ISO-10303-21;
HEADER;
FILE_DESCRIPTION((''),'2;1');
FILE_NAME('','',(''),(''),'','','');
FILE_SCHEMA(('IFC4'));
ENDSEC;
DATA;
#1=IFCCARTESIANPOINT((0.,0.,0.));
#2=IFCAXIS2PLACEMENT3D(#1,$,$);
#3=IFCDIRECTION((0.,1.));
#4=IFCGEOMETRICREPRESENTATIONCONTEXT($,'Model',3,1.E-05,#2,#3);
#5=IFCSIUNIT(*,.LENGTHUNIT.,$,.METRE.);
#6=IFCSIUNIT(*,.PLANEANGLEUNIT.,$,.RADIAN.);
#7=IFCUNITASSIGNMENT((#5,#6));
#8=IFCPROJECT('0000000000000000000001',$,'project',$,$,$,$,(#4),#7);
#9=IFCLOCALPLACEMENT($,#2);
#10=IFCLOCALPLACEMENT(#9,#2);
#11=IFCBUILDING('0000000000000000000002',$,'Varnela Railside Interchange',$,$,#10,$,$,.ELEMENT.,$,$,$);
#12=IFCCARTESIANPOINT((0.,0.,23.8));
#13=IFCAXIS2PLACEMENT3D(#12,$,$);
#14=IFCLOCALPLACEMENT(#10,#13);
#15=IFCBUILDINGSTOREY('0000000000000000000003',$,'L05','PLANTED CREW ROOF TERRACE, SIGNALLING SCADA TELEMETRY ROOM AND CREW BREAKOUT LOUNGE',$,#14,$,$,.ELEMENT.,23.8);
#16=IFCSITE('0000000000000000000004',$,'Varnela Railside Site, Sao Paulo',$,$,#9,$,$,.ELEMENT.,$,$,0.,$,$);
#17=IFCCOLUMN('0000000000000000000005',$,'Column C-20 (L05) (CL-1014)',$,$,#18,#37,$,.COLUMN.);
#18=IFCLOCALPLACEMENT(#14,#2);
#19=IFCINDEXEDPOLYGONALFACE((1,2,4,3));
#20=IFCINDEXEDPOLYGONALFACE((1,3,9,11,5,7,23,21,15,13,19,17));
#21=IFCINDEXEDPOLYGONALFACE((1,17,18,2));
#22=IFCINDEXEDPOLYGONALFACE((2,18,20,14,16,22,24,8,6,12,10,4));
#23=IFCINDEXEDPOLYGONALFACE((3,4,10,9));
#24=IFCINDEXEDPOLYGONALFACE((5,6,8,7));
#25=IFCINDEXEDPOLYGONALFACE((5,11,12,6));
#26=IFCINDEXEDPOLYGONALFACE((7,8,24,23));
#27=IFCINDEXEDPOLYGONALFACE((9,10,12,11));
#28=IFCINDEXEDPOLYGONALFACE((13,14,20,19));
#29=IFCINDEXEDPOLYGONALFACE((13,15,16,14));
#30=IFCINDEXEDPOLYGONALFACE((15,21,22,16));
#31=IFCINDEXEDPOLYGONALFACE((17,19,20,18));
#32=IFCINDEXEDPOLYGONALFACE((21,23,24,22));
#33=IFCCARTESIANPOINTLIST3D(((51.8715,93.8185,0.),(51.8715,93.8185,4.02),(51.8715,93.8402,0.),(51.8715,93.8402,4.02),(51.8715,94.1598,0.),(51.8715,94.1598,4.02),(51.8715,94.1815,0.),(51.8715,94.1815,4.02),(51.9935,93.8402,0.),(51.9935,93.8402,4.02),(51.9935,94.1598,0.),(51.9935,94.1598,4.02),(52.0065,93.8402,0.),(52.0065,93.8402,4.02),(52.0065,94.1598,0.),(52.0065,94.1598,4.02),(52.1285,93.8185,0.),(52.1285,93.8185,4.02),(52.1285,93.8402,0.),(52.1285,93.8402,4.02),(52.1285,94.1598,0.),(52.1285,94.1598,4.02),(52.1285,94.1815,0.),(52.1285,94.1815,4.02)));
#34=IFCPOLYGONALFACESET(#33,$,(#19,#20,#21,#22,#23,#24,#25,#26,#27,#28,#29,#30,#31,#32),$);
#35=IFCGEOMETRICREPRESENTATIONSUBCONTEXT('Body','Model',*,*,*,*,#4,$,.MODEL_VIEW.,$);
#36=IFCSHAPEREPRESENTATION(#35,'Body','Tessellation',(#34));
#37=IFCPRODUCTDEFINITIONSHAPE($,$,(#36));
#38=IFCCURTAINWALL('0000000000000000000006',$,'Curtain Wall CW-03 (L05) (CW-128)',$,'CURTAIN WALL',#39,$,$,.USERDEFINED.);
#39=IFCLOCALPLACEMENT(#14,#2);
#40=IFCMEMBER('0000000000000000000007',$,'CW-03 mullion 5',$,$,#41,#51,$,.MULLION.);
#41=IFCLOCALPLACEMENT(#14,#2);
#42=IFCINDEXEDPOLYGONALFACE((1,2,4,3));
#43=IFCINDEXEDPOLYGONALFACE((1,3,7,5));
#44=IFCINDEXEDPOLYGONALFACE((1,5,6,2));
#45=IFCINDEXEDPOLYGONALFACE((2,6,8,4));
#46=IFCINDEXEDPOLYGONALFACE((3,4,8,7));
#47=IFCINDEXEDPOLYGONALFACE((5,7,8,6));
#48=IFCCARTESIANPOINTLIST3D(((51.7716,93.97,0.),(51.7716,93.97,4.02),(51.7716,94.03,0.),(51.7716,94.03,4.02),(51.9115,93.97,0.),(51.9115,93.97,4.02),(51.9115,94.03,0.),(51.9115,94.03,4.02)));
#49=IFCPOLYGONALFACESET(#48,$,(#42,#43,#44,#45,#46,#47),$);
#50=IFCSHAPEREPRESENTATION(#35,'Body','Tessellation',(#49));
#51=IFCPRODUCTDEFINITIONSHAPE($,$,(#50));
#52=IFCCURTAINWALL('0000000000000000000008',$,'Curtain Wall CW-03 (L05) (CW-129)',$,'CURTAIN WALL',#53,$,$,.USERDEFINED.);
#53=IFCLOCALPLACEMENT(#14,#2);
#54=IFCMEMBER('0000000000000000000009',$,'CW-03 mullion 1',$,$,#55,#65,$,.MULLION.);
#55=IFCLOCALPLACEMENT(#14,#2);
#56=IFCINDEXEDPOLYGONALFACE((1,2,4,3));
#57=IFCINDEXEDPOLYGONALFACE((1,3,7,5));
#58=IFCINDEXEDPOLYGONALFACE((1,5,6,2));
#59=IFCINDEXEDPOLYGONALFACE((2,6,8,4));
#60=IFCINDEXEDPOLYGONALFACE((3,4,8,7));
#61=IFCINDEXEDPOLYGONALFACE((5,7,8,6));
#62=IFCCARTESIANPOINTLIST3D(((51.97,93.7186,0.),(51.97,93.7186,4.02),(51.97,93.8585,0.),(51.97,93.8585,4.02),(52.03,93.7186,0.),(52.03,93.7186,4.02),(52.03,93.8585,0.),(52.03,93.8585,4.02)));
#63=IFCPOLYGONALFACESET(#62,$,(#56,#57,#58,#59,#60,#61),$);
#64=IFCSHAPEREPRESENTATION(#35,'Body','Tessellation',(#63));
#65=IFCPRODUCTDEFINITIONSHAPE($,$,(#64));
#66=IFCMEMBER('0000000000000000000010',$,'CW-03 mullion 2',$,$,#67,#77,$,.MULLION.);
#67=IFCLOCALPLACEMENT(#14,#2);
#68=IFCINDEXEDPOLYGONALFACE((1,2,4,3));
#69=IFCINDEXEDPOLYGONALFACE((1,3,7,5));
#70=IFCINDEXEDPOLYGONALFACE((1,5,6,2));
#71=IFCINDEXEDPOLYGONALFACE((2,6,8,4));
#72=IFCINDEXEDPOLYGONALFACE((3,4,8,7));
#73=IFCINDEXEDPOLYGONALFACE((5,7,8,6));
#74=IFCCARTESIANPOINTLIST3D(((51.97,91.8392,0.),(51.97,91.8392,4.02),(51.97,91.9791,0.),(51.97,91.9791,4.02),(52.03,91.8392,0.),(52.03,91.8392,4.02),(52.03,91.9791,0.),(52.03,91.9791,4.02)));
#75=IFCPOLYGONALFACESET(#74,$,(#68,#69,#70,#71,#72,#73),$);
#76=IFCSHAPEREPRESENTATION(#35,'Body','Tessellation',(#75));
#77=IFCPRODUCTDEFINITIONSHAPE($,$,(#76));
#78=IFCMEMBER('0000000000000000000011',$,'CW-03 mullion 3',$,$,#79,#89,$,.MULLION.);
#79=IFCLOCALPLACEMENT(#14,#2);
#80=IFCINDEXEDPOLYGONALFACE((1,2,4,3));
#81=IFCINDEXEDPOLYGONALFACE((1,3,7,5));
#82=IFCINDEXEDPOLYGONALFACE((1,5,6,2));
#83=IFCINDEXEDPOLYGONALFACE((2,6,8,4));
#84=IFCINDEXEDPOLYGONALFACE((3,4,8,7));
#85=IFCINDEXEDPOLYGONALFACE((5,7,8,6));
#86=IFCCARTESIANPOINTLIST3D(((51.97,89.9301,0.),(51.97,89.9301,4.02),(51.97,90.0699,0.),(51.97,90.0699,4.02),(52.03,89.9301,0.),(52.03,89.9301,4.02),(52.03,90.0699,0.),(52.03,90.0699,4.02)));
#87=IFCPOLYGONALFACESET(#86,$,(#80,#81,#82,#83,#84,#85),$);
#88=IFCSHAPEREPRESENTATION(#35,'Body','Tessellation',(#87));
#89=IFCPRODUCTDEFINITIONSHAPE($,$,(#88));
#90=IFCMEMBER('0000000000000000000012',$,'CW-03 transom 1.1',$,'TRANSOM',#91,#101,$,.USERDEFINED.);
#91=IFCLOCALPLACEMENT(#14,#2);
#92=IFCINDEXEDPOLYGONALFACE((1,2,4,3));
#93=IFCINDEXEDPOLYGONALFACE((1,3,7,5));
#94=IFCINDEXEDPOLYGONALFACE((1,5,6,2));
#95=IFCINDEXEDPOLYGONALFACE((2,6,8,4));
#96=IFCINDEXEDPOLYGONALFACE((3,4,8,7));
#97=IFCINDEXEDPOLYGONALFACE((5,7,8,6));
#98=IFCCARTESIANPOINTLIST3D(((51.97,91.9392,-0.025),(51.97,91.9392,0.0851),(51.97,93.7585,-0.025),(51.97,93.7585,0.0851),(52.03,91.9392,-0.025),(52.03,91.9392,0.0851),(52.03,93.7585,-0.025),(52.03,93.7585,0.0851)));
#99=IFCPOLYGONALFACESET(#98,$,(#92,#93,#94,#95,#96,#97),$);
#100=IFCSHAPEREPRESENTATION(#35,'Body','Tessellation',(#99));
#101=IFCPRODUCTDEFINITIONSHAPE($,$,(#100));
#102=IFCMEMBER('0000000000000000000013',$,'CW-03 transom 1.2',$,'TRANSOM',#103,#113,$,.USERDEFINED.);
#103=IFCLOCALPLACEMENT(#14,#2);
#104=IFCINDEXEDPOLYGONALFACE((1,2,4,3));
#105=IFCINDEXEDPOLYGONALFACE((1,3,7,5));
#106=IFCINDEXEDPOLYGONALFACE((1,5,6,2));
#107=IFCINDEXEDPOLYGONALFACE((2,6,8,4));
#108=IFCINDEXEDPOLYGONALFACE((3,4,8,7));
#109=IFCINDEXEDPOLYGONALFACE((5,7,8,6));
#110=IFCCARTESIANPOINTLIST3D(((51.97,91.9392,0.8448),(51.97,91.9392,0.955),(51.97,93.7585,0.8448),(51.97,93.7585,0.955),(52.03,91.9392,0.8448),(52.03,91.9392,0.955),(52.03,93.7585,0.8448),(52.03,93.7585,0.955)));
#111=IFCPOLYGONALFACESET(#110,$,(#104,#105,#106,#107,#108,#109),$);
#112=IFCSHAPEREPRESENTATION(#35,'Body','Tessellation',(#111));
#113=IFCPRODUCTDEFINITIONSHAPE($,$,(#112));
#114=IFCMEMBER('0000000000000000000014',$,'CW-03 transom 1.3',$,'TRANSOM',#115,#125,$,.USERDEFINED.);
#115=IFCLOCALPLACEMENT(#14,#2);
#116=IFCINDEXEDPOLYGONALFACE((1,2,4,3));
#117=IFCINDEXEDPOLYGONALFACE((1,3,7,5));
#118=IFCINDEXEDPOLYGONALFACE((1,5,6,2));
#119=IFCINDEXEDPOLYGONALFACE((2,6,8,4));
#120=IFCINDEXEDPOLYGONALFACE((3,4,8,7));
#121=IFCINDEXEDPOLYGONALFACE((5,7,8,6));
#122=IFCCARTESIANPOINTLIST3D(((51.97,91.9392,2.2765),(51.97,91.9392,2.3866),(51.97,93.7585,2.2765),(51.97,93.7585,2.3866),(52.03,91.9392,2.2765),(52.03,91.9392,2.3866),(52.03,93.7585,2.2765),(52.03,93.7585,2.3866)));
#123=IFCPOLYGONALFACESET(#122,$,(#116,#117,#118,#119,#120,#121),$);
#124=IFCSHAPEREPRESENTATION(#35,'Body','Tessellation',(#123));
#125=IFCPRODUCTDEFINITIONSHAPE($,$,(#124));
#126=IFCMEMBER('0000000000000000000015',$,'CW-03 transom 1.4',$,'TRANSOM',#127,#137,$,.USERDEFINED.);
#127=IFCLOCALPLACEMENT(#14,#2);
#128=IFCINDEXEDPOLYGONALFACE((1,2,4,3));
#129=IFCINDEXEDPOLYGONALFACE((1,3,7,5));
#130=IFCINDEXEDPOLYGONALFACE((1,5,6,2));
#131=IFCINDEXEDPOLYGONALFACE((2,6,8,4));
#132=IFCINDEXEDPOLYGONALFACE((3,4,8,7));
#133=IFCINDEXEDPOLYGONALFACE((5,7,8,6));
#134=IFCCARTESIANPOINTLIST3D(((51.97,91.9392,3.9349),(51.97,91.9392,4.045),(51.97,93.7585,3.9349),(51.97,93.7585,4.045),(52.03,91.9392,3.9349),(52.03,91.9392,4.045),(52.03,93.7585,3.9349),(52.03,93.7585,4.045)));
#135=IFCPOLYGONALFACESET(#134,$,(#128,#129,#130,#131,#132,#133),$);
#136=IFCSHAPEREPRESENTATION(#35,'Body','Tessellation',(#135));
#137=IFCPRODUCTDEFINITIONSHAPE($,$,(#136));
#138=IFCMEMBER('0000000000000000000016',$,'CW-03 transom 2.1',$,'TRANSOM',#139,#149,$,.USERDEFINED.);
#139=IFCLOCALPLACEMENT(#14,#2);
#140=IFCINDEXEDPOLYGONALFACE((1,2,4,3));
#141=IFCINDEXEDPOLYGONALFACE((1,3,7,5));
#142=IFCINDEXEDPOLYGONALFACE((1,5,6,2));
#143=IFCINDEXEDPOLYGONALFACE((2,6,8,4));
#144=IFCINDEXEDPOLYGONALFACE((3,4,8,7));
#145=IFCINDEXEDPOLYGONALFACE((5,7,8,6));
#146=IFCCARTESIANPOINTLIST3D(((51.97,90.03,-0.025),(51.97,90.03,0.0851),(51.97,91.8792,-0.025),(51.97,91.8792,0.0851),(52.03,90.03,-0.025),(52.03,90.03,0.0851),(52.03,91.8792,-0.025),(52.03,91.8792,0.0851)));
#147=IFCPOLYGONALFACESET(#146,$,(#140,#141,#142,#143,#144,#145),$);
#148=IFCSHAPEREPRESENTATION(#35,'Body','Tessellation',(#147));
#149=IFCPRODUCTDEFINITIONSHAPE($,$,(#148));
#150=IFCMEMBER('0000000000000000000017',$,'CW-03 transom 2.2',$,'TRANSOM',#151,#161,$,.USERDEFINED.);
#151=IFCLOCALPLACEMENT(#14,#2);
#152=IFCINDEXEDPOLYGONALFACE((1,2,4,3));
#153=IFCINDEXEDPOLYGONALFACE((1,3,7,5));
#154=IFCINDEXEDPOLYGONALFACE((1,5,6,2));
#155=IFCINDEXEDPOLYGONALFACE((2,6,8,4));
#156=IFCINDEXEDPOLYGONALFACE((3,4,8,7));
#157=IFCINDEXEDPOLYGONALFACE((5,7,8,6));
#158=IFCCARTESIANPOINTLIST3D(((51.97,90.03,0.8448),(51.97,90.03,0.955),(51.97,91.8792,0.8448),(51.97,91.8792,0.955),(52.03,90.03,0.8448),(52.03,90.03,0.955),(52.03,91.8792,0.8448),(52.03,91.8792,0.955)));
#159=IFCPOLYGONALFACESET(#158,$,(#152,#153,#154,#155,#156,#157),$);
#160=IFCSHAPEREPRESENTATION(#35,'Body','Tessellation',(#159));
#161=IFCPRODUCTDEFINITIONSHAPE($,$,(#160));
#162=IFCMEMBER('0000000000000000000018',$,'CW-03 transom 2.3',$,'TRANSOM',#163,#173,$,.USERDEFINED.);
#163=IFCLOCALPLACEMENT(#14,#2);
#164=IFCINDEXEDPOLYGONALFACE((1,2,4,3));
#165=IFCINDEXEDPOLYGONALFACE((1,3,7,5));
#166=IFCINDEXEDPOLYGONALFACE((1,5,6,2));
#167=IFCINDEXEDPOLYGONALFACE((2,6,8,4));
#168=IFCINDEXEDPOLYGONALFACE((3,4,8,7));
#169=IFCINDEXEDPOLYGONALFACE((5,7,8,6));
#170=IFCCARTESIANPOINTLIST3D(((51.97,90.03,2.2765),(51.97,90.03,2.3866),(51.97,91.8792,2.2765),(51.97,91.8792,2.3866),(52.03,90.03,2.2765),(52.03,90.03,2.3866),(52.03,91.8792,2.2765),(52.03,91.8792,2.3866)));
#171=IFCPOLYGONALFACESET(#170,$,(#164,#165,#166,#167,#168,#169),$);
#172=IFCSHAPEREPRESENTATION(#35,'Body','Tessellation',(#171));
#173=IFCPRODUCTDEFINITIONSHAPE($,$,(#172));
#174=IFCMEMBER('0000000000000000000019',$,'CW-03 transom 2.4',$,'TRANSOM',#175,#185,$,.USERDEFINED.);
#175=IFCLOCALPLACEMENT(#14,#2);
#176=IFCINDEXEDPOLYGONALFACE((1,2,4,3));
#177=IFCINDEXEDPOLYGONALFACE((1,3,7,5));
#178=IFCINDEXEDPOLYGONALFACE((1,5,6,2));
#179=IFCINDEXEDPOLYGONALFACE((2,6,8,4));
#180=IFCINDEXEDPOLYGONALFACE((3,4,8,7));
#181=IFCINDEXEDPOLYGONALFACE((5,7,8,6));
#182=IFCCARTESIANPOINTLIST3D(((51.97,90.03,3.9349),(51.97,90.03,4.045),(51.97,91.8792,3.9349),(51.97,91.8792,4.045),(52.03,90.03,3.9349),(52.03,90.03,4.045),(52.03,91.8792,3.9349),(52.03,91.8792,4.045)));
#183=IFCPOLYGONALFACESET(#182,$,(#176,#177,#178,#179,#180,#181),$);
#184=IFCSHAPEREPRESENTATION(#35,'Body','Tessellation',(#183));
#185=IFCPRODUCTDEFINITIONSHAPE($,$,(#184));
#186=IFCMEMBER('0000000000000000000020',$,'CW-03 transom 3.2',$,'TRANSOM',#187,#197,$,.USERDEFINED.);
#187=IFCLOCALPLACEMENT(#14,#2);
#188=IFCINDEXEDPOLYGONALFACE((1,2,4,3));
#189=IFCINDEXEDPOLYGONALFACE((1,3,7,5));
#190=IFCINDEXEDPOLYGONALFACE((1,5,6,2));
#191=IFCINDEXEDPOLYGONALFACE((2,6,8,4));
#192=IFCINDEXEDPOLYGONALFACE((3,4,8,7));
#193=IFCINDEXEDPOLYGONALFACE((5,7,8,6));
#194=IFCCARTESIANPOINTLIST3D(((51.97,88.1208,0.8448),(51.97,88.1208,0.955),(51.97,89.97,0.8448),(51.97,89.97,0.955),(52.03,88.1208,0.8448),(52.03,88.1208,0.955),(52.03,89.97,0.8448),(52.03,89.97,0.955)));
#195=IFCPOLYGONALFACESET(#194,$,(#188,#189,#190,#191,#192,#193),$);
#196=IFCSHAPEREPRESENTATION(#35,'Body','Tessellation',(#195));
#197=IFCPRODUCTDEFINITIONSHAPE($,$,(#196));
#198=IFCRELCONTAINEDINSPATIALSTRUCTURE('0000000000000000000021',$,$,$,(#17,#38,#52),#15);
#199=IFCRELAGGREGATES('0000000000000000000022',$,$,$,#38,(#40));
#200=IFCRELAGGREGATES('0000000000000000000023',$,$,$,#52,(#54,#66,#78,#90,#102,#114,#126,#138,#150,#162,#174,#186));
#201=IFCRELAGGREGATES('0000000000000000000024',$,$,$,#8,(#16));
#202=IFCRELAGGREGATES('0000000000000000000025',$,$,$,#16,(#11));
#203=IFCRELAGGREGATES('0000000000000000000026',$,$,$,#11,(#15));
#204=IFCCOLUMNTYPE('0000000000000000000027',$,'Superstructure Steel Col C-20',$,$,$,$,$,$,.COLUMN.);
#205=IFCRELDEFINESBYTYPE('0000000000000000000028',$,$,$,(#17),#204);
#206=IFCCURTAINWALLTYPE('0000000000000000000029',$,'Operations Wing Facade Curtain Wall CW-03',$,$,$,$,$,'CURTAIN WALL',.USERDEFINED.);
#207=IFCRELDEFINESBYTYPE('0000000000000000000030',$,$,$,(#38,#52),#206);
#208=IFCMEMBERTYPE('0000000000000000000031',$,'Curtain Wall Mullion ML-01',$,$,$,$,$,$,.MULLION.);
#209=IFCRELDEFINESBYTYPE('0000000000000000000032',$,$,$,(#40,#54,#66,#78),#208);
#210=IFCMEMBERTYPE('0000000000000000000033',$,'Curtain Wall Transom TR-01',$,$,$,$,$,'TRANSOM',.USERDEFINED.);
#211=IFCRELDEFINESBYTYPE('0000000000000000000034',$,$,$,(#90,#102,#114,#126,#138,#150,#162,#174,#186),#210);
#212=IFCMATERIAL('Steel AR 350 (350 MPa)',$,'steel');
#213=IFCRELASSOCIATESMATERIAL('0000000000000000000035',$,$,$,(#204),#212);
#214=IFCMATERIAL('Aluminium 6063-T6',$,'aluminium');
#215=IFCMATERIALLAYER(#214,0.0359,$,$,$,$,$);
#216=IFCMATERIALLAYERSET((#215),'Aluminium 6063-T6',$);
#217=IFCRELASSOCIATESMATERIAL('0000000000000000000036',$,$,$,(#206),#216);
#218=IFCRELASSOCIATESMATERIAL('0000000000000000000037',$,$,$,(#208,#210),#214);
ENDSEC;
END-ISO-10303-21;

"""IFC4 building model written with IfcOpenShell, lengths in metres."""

from ifc_helpers import new_model, si_unit, direction, frame, origin, origin_2d, place, context, subcontext, project, spatial, rectangle, i_section, extrude, material, layer, layer_set, material_profile, profile_set, type_object, element, aggregate, save


model = new_model("IFC4")

# Units and contexts
model_context = context("Model", 3, precision=1e-05, world=origin(), true_north=direction((0.0, 1.0)))
body_context = subcontext(model_context, "Body", "Model", "MODEL_VIEW")
ifc_project = project(units=[si_unit("LENGTHUNIT", "METRE"), si_unit("PLANEANGLEUNIT", "RADIAN")], contexts=[model_context])

# Site, building, storey
site_placement = place(None, origin())
site = spatial("IfcSite", under=ifc_project, at=site_placement, Name="Varnela Railside Site, Sao Paulo", CompositionType="ELEMENT", RefElevation=0.0)
building_placement = place(site_placement, origin())
building = spatial("IfcBuilding", under=site, at=building_placement, Name="Varnela Railside Interchange", CompositionType="ELEMENT")
storey_placement = place(building_placement, frame((0.0, 0.0, 23.8)))
storey = spatial("IfcBuildingStorey", under=building, at=storey_placement, Name="L05", Description="PLANTED CREW ROOF TERRACE, SIGNALLING SCADA TELEMETRY ROOM AND CREW BREAKOUT LOUNGE", CompositionType="ELEMENT", Elevation=23.8)

# Column
ifc_material_1 = material(Name="Steel AR 350 (350 MPa)", Category="steel")
ifc_material_profile_1 = material_profile(ifc_material_1, i_section(OverallWidth=0.2571, OverallDepth=0.363, WebThickness=0.0129, FlangeThickness=0.0217, at=origin_2d()), Name="W360x122")
ifc_profile_set_1 = profile_set([ifc_material_profile_1], Name="Steel AR 350 (350 MPa)")
column_type = type_object("IfcColumnType", Name="Superstructure Steel Col C-20", PredefinedType="COLUMN", material=ifc_profile_set_1)
column_placement = place(storey_placement, frame((52.0, 94.0, 0.0), z_axis=(0.0, 0.0, 1.0), x_axis=(1.0, 0.0, 0.0)))
element("IfcColumn", 1, at=column_placement, inside=storey, type_object=column_type, Name="Column C-20 (L05) (CL-1014)", PredefinedType="COLUMN", context=body_context, shape_type="SweptSolid", body=[
    extrude(i_section(OverallWidth=0.2571, OverallDepth=0.363, WebThickness=0.0129, FlangeThickness=0.0217, at=origin_2d()), origin(), (0.0, 0.0, 1.0), 4.02),
])

# Curtain wall, member
ifc_material_2 = material(Name="Aluminium 6063-T6", Category="aluminium")
ifc_layer_1 = layer(ifc_material_2, 0.0359)
ifc_layer_set_1 = layer_set([ifc_layer_1], Name="Aluminium 6063-T6")
curtain_wall_type = type_object("IfcCurtainWallType", Name="Operations Wing Facade Curtain Wall CW-03", ElementType="CURTAIN WALL", PredefinedType="USERDEFINED", material=ifc_layer_set_1)
curtain_wall_1_placement = place(storey_placement, origin())
curtain_wall_1 = element("IfcCurtainWall", 2, at=curtain_wall_1_placement, inside=storey, type_object=curtain_wall_type, Name="Curtain Wall CW-03 (L05) (CW-128)", ObjectType="CURTAIN WALL", PredefinedType="USERDEFINED")
ifc_material_profile_2 = material_profile(ifc_material_2, rectangle(XDim=0.0601, YDim=0.1399, at=origin_2d()), Name="ALU 60x140")
ifc_profile_set_2 = profile_set([ifc_material_profile_2], Name="Aluminium 6063-T6")
member_type_1 = type_object("IfcMemberType", Name="Curtain Wall Mullion ML-01", PredefinedType="MULLION", material=ifc_profile_set_2)
member_1_placement = place(storey_placement, frame((51.8416, 94.0, 0.0), z_axis=(0.0, 0.0, 1.0), x_axis=(0.0, 1.0, 0.0)))
member_1 = element("IfcMember", 3, at=member_1_placement, type_object=member_type_1, Name="CW-03 mullion 5", PredefinedType="MULLION", context=body_context, shape_type="SweptSolid", body=[
    extrude(rectangle(XDim=0.0601, YDim=0.1399, at=origin_2d()), origin(), (0.0, 0.0, 1.0), 4.02),
])

# Curtain wall, members
curtain_wall_2_placement = place(storey_placement, origin())
curtain_wall_2 = element("IfcCurtainWall", 4, at=curtain_wall_2_placement, inside=storey, type_object=curtain_wall_type, Name="Curtain Wall CW-03 (L05) (CW-129)", ObjectType="CURTAIN WALL", PredefinedType="USERDEFINED")
member_2_placement = place(storey_placement, frame((52.0, 93.7886, 0.0), z_axis=(0.0, 0.0, 1.0), x_axis=(1.0, 0.0, 0.0)))
member_2 = element("IfcMember", 5, at=member_2_placement, type_object=member_type_1, Name="CW-03 mullion 1", PredefinedType="MULLION", context=body_context, shape_type="SweptSolid", body=[
    extrude(rectangle(XDim=0.0601, YDim=0.1399, at=origin_2d()), origin(), (0.0, 0.0, 1.0), 4.02),
])
member_3_placement = place(storey_placement, frame((52.0, 91.9092, 0.0), z_axis=(0.0, 0.0, 1.0), x_axis=(1.0, 0.0, 0.0)))
member_3 = element("IfcMember", 6, at=member_3_placement, type_object=member_type_1, Name="CW-03 mullion 2", PredefinedType="MULLION", context=body_context, shape_type="SweptSolid", body=[
    extrude(rectangle(XDim=0.0601, YDim=0.1399, at=origin_2d()), origin(), (0.0, 0.0, 1.0), 4.02),
])
member_4_placement = place(storey_placement, frame((52.0, 90.0, 0.0), z_axis=(0.0, 0.0, 1.0), x_axis=(1.0, 0.0, 0.0)))
member_4 = element("IfcMember", 7, at=member_4_placement, type_object=member_type_1, Name="CW-03 mullion 3", PredefinedType="MULLION", context=body_context, shape_type="SweptSolid", body=[
    extrude(rectangle(XDim=0.0601, YDim=0.1399, at=origin_2d()), origin(), (0.0, 0.0, 1.0), 4.02),
])
ifc_material_profile_3 = material_profile(ifc_material_2, rectangle(XDim=0.0601, YDim=0.1101, at=origin_2d()), Name="ALU 60x110")
ifc_profile_set_3 = profile_set([ifc_material_profile_3], Name="Aluminium 6063-T6")
member_type_2 = type_object("IfcMemberType", Name="Curtain Wall Transom TR-01", ElementType="TRANSOM", PredefinedType="USERDEFINED", material=ifc_profile_set_3)
member_5_placement = place(storey_placement, frame((52.0, 93.7585, 0.03), z_axis=(0.0, -1.0, 0.0), x_axis=(1.0, 0.0, 0.0)))
member_5 = element("IfcMember", 8, at=member_5_placement, type_object=member_type_2, Name="CW-03 transom 1.1", ObjectType="TRANSOM", PredefinedType="USERDEFINED", context=body_context, shape_type="SweptSolid", body=[
    extrude(rectangle(XDim=0.0601, YDim=0.1101, at=origin_2d()), origin(), (0.0, 0.0, 1.0), 1.8193),
])
member_6_placement = place(storey_placement, frame((52.0, 93.7585, 0.8999), z_axis=(0.0, -1.0, 0.0), x_axis=(1.0, 0.0, 0.0)))
member_6 = element("IfcMember", 9, at=member_6_placement, type_object=member_type_2, Name="CW-03 transom 1.2", ObjectType="TRANSOM", PredefinedType="USERDEFINED", context=body_context, shape_type="SweptSolid", body=[
    extrude(rectangle(XDim=0.0601, YDim=0.1101, at=origin_2d()), origin(), (0.0, 0.0, 1.0), 1.8193),
])
member_7_placement = place(storey_placement, frame((52.0, 93.7585, 2.3315), z_axis=(0.0, -1.0, 0.0), x_axis=(1.0, 0.0, 0.0)))
member_7 = element("IfcMember", 10, at=member_7_placement, type_object=member_type_2, Name="CW-03 transom 1.3", ObjectType="TRANSOM", PredefinedType="USERDEFINED", context=body_context, shape_type="SweptSolid", body=[
    extrude(rectangle(XDim=0.0601, YDim=0.1101, at=origin_2d()), origin(), (0.0, 0.0, 1.0), 1.8193),
])
member_8_placement = place(storey_placement, frame((52.0, 93.7585, 3.99), z_axis=(0.0, -1.0, 0.0), x_axis=(1.0, 0.0, 0.0)))
member_8 = element("IfcMember", 11, at=member_8_placement, type_object=member_type_2, Name="CW-03 transom 1.4", ObjectType="TRANSOM", PredefinedType="USERDEFINED", context=body_context, shape_type="SweptSolid", body=[
    extrude(rectangle(XDim=0.0601, YDim=0.1101, at=origin_2d()), origin(), (0.0, 0.0, 1.0), 1.8193),
])
member_9_placement = place(storey_placement, frame((52.0, 91.8792, 0.03), z_axis=(0.0, -1.0, 0.0), x_axis=(1.0, 0.0, 0.0)))
member_9 = element("IfcMember", 12, at=member_9_placement, type_object=member_type_2, Name="CW-03 transom 2.1", ObjectType="TRANSOM", PredefinedType="USERDEFINED", context=body_context, shape_type="SweptSolid", body=[
    extrude(rectangle(XDim=0.0601, YDim=0.1101, at=origin_2d()), origin(), (0.0, 0.0, 1.0), 1.8491),
])
member_10_placement = place(storey_placement, frame((52.0, 91.8792, 0.8999), z_axis=(0.0, -1.0, 0.0), x_axis=(1.0, 0.0, 0.0)))
member_10 = element("IfcMember", 13, at=member_10_placement, type_object=member_type_2, Name="CW-03 transom 2.2", ObjectType="TRANSOM", PredefinedType="USERDEFINED", context=body_context, shape_type="SweptSolid", body=[
    extrude(rectangle(XDim=0.0601, YDim=0.1101, at=origin_2d()), origin(), (0.0, 0.0, 1.0), 1.8491),
])
member_11_placement = place(storey_placement, frame((52.0, 91.8792, 2.3315), z_axis=(0.0, -1.0, 0.0), x_axis=(1.0, 0.0, 0.0)))
member_11 = element("IfcMember", 14, at=member_11_placement, type_object=member_type_2, Name="CW-03 transom 2.3", ObjectType="TRANSOM", PredefinedType="USERDEFINED", context=body_context, shape_type="SweptSolid", body=[
    extrude(rectangle(XDim=0.0601, YDim=0.1101, at=origin_2d()), origin(), (0.0, 0.0, 1.0), 1.8491),
])
member_12_placement = place(storey_placement, frame((52.0, 91.8792, 3.99), z_axis=(0.0, -1.0, 0.0), x_axis=(1.0, 0.0, 0.0)))
member_12 = element("IfcMember", 15, at=member_12_placement, type_object=member_type_2, Name="CW-03 transom 2.4", ObjectType="TRANSOM", PredefinedType="USERDEFINED", context=body_context, shape_type="SweptSolid", body=[
    extrude(rectangle(XDim=0.0601, YDim=0.1101, at=origin_2d()), origin(), (0.0, 0.0, 1.0), 1.8491),
])
member_13_placement = place(storey_placement, frame((52.0, 89.97, 0.8999), z_axis=(0.0, -1.0, 0.0), x_axis=(1.0, 0.0, 0.0)))
member_13 = element("IfcMember", 16, at=member_13_placement, type_object=member_type_2, Name="CW-03 transom 3.2", ObjectType="TRANSOM", PredefinedType="USERDEFINED", context=body_context, shape_type="SweptSolid", body=[
    extrude(rectangle(XDim=0.0601, YDim=0.1101, at=origin_2d()), origin(), (0.0, 0.0, 1.0), 1.8491),
])

aggregate(curtain_wall_1, [member_1])
aggregate(curtain_wall_2, [member_2, member_3, member_4, member_5, member_6, member_7, member_8, member_9, member_10, member_11, member_12, member_13])

save(model, "model.ifc")
